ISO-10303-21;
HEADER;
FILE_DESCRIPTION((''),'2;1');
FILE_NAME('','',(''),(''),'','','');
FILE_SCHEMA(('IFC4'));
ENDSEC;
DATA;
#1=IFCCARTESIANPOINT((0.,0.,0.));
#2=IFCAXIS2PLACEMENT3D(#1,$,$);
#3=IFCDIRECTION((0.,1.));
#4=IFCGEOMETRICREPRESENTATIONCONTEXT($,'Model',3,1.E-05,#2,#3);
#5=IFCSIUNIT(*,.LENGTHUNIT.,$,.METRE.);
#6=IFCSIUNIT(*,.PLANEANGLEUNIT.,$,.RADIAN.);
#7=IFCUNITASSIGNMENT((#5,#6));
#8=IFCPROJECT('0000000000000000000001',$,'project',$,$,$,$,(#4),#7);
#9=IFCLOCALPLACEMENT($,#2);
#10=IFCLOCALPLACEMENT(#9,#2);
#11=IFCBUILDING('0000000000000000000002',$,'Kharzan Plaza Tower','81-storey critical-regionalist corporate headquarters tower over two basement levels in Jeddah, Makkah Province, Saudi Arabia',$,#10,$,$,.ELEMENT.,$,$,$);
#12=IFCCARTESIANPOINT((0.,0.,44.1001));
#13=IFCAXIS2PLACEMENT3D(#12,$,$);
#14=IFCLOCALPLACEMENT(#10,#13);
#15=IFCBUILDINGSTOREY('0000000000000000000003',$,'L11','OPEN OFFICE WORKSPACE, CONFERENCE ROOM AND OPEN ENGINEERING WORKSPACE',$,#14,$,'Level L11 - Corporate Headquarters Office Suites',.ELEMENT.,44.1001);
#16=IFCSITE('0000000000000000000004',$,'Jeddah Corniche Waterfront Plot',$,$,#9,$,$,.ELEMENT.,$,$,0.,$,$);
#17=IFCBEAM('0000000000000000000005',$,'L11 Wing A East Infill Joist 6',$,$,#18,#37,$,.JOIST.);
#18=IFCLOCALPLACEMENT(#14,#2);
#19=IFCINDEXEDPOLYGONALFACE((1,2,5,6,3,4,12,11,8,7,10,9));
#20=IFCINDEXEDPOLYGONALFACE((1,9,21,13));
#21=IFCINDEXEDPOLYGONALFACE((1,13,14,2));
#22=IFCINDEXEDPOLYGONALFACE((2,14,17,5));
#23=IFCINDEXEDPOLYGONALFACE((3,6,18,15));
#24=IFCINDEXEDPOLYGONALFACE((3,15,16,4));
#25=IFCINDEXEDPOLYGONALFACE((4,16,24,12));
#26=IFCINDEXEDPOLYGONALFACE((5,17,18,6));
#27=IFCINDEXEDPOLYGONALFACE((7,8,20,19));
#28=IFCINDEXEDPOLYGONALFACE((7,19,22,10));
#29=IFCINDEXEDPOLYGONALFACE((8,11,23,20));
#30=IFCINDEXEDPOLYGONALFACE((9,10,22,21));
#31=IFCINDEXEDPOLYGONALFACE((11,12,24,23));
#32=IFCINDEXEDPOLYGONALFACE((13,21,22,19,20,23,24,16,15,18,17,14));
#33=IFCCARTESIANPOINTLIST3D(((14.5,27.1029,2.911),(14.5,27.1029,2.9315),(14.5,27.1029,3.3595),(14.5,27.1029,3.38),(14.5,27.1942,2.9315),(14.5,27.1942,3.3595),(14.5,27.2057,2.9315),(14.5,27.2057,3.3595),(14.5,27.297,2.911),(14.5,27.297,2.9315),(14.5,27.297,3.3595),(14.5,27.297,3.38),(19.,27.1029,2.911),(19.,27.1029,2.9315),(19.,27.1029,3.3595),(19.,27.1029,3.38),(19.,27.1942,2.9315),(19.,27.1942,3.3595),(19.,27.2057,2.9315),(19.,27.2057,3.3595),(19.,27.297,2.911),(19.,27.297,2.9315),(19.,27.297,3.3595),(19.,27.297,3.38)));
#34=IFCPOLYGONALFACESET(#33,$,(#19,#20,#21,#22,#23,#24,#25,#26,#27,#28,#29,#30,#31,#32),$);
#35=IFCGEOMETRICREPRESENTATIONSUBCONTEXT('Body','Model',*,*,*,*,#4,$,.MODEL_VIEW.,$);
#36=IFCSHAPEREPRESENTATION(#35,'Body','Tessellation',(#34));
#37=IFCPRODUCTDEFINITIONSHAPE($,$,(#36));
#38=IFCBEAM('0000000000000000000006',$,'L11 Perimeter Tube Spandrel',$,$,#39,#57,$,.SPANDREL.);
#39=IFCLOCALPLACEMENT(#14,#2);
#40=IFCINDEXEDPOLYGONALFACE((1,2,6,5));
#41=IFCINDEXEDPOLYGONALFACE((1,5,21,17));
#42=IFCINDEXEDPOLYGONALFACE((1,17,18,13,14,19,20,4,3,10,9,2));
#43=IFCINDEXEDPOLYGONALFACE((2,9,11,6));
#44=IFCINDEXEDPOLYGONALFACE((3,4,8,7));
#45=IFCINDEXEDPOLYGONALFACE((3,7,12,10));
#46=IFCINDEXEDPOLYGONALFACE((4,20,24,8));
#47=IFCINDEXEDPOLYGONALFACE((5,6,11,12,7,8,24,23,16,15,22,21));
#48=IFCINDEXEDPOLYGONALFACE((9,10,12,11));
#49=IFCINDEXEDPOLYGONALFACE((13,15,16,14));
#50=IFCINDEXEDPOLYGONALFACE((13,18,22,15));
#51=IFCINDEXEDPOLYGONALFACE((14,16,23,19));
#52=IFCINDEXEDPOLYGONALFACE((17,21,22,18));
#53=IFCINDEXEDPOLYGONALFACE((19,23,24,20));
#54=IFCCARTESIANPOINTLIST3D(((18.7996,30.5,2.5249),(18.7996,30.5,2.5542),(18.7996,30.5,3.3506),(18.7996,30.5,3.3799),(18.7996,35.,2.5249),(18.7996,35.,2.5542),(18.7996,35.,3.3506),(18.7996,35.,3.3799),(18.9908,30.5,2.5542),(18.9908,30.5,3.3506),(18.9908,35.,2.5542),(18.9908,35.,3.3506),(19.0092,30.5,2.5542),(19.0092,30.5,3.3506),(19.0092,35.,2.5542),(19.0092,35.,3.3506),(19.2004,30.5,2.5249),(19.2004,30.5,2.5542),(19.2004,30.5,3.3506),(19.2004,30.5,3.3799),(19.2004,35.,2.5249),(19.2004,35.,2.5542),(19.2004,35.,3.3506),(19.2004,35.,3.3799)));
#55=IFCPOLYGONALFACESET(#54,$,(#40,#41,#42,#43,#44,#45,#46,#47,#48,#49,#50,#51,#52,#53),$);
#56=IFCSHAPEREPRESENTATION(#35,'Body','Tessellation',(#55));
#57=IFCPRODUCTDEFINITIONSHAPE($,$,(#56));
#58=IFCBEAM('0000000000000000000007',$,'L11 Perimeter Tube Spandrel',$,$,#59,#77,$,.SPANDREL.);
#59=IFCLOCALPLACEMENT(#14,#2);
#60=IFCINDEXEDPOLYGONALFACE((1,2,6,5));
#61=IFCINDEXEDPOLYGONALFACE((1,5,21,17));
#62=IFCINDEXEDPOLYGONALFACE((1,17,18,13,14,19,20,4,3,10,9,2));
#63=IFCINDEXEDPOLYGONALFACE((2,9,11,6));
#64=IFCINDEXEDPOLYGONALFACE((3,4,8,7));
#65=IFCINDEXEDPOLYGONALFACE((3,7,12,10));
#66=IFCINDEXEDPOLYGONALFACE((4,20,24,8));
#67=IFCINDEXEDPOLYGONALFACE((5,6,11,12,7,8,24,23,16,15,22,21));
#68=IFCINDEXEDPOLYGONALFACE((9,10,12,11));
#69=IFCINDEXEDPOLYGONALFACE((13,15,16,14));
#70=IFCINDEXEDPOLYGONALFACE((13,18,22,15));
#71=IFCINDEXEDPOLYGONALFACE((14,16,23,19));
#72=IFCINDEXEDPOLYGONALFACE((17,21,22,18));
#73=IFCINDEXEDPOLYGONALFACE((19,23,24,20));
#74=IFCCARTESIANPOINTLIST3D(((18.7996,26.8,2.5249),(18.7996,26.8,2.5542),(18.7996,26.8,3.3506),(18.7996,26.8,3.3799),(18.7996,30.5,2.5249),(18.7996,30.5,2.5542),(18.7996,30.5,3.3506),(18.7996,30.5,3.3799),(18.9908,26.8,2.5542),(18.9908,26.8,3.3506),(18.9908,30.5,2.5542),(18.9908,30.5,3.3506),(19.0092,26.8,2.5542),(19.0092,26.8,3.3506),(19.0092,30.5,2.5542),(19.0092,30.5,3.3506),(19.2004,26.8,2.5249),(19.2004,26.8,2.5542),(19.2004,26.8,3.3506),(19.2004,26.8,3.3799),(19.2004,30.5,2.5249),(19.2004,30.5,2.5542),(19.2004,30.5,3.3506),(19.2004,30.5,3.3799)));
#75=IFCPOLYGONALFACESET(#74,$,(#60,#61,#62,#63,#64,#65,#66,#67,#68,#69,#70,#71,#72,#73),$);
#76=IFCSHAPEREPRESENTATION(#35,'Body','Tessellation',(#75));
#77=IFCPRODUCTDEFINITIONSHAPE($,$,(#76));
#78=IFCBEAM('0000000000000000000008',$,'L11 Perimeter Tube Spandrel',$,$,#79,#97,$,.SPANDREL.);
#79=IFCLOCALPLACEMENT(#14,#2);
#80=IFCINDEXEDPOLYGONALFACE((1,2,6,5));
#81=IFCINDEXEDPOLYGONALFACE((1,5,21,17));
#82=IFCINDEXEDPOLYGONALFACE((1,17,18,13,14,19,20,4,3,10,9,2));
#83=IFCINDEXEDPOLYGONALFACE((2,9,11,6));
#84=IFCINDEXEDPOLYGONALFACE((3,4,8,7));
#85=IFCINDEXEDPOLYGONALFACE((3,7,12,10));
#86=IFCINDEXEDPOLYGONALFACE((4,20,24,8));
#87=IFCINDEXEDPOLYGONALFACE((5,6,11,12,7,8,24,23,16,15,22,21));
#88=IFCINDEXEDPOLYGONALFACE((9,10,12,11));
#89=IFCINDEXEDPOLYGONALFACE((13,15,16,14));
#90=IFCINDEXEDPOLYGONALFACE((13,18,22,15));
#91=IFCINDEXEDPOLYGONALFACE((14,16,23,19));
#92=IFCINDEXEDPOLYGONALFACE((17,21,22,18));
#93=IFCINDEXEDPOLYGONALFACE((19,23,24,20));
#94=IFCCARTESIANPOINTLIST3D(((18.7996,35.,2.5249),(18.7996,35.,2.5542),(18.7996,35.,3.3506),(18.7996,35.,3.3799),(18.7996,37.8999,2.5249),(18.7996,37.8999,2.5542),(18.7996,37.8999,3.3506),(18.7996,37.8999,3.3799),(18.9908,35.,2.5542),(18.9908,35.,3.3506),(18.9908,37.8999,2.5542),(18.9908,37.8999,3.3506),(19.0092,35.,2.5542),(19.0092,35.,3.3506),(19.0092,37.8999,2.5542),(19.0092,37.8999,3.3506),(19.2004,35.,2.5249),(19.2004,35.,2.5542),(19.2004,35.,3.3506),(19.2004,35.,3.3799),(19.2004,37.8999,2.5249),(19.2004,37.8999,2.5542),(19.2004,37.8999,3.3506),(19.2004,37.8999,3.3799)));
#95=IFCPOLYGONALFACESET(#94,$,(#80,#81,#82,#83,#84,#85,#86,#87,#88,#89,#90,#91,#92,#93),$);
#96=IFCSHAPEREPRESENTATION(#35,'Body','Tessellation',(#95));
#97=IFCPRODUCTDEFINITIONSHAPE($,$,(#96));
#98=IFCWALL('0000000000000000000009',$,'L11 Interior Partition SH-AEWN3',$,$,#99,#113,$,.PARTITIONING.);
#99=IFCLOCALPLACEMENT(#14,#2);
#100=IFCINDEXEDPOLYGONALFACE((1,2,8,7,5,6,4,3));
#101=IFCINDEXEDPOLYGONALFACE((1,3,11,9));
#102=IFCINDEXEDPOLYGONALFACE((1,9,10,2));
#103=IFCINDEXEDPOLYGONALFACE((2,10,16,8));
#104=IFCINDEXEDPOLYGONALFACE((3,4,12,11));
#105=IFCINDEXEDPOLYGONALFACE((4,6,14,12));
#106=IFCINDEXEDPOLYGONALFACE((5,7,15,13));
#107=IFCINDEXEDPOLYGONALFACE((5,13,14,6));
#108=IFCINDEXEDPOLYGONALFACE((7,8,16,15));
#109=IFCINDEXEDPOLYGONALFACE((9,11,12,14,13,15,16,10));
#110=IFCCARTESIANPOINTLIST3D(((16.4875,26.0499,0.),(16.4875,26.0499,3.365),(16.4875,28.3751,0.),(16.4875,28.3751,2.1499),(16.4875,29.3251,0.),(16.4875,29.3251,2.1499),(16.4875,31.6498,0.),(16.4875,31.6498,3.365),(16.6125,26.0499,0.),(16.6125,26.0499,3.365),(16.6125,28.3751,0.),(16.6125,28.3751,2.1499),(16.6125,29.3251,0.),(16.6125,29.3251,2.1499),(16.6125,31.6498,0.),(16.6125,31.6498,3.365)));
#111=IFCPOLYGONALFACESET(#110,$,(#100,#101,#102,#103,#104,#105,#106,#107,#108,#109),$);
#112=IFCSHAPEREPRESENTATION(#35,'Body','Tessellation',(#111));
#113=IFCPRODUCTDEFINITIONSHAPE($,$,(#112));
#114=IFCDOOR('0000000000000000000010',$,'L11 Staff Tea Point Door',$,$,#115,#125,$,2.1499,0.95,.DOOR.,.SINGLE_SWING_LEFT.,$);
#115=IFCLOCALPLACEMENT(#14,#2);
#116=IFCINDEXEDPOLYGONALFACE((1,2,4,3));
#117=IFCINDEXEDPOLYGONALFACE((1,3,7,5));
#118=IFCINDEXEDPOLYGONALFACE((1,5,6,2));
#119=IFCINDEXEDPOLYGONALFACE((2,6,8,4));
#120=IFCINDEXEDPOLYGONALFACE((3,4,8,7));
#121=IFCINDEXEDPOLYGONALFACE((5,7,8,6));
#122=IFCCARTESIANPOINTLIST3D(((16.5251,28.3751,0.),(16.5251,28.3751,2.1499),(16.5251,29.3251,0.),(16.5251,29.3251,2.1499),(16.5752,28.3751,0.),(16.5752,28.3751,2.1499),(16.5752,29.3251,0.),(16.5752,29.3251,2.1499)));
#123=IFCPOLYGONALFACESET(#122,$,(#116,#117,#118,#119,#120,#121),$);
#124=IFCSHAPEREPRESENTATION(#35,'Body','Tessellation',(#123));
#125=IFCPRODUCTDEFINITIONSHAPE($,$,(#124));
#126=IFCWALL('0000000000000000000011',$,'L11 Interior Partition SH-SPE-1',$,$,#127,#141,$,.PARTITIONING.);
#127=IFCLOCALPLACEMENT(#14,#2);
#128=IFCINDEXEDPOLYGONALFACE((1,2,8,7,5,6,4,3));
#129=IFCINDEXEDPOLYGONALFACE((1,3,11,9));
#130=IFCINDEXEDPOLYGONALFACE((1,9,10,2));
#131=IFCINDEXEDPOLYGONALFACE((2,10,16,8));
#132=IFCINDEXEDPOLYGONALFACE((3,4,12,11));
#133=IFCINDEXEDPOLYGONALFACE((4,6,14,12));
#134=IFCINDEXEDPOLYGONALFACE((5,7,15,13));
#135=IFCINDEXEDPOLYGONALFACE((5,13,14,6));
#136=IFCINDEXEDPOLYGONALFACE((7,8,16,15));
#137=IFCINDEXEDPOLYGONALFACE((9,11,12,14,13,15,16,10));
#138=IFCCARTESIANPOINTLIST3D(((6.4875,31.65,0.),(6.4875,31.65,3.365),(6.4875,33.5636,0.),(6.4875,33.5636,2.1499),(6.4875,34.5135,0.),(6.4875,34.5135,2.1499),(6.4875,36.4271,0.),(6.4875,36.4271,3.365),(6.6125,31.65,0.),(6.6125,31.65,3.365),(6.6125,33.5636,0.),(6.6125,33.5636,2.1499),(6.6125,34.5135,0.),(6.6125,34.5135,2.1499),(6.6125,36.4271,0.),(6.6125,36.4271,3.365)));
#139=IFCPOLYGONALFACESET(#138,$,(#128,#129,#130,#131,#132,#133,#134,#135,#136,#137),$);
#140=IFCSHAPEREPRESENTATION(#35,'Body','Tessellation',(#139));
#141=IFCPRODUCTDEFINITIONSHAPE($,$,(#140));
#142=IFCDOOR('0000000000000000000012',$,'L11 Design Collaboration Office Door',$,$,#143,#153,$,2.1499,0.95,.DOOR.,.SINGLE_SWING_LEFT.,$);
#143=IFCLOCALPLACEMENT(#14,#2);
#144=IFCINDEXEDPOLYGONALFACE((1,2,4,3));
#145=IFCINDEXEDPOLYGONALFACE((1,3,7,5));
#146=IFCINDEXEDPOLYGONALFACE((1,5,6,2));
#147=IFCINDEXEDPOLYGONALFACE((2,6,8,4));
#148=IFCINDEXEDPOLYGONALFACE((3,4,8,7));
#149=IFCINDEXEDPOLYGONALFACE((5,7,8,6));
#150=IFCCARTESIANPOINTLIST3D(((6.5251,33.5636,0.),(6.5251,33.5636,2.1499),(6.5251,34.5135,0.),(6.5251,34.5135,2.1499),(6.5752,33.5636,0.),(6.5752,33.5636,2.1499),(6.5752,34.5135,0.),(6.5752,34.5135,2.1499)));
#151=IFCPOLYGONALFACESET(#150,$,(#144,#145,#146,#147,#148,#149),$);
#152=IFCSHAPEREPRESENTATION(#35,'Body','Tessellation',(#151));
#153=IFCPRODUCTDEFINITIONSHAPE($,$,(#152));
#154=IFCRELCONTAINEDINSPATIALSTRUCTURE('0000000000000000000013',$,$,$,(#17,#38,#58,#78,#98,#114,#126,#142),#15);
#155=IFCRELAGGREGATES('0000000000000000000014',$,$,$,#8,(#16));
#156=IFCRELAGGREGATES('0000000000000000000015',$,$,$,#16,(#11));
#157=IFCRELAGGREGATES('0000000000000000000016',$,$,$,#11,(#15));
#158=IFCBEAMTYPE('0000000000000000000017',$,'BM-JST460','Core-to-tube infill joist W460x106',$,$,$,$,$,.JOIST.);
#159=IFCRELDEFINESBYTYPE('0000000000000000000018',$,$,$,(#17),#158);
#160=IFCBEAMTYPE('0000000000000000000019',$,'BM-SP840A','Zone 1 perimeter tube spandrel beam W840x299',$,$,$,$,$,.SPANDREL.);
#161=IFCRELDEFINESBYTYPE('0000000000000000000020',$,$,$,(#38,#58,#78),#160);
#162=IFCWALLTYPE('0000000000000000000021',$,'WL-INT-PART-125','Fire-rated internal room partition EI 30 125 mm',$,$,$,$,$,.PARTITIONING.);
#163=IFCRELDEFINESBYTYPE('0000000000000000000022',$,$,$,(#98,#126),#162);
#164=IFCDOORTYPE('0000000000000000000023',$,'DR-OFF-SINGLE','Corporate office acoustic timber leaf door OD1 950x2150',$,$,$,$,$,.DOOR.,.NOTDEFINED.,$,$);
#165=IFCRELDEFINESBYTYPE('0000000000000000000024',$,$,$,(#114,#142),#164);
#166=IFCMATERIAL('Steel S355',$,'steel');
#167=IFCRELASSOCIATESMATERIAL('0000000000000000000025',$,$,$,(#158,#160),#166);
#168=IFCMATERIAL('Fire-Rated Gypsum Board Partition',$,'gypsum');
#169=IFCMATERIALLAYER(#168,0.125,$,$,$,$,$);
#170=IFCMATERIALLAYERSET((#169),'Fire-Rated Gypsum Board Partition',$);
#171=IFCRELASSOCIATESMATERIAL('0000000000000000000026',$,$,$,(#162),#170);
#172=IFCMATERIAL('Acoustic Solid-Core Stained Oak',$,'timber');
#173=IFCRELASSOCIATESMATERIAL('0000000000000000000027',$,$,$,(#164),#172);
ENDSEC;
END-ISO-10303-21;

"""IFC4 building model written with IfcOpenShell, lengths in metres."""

from ifc_helpers import new_model, si_unit, direction, frame, frame_2d, origin, origin_2d, place, context, subcontext, project, spatial, rectangle, i_section, extrude, source, transform, mapped, material, layer, layer_set, material_profile, profile_set, type_object, element, fill, save


model = new_model("IFC4")

# Units and contexts
model_context = context("Model", 3, precision=1e-05, world=origin(), true_north=direction((0.0, 1.0)))
body_context = subcontext(model_context, "Body", "Model", "MODEL_VIEW")
ifc_project = project(units=[si_unit("LENGTHUNIT", "METRE"), si_unit("PLANEANGLEUNIT", "RADIAN")], contexts=[model_context])

# Site, building, storey
site_placement = place(None, origin())
site = spatial("IfcSite", under=ifc_project, at=site_placement, Name="Jeddah Corniche Waterfront Plot", CompositionType="ELEMENT", RefElevation=0.0)
building_placement = place(site_placement, origin())
building = spatial("IfcBuilding", under=site, at=building_placement, Name="Kharzan Plaza Tower", Description="81-storey critical-regionalist corporate headquarters tower over two basement levels in Jeddah, Makkah Province, Saudi Arabia", CompositionType="ELEMENT")
storey_placement = place(building_placement, frame((0.0, 0.0, 44.1001)))
storey = spatial("IfcBuildingStorey", under=building, at=storey_placement, Name="L11", Description="OPEN OFFICE WORKSPACE, CONFERENCE ROOM AND OPEN ENGINEERING WORKSPACE", LongName="Level L11 - Corporate Headquarters Office Suites", CompositionType="ELEMENT", Elevation=44.1001)

# Beams
ifc_material_1 = material(Name="Steel S355", Category="steel")
ifc_material_profile_1 = material_profile(ifc_material_1, i_section(OverallWidth=0.1941, OverallDepth=0.469, WebThickness=0.0115, FlangeThickness=0.0205, at=origin_2d()), Name="W460x106")
ifc_profile_set_1 = profile_set([ifc_material_profile_1], Name="Steel S355")
beam_type_1 = type_object("IfcBeamType", Name="BM-JST460", Description="Core-to-tube infill joist W460x106", PredefinedType="JOIST", material=ifc_profile_set_1)
shared_shape_1 = source(origin(), body_context, "Body", "SweptSolid", [
    extrude(i_section(OverallWidth=0.1941, OverallDepth=0.469, WebThickness=0.0115, FlangeThickness=0.0205, at=origin_2d()), origin(), (0.0, 0.0, 1.0), 4.5),
])
for number, where, z_axis, x_axis, name in (
    (1, (14.5, 27.2, 3.1455), (1.0, 0.0, 0.0), (0.0, 1.0, 0.0), "L11 Wing A East Infill Joist 6"),
):
    element("IfcBeam", number, at=place(storey_placement, frame(where, z_axis=z_axis, x_axis=x_axis)), inside=storey, type_object=beam_type_1, Name=name, PredefinedType="JOIST", context=body_context, shape_type="MappedRepresentation", body=[
        mapped(shared_shape_1, transform((0.0, 0.0, 0.0), x_axis=(1.0, 0.0, 0.0), y_axis=(0.0, 1.0, 0.0), z_axis=(0.0, 0.0, 1.0))),
    ])
ifc_material_profile_2 = material_profile(ifc_material_1, i_section(OverallWidth=0.4009, OverallDepth=0.855, WebThickness=0.0183, FlangeThickness=0.0293, at=origin_2d()), Name="W840x299")
ifc_profile_set_2 = profile_set([ifc_material_profile_2], Name="Steel S355")
beam_type_2 = type_object("IfcBeamType", Name="BM-SP840A", Description="Zone 1 perimeter tube spandrel beam W840x299", PredefinedType="SPANDREL", material=ifc_profile_set_2)
shared_shape_2 = source(origin(), body_context, "Body", "SweptSolid", [
    extrude(i_section(OverallWidth=0.4009, OverallDepth=0.855, WebThickness=0.0183, FlangeThickness=0.0293, at=origin_2d()), origin(), (0.0, 0.0, 1.0), 4.5),
])
beam_1_placement = place(storey_placement, frame((19.0, 30.5, 2.9524), z_axis=(0.0, 1.0, 0.0), x_axis=(-1.0, 0.0, 0.0)))
element("IfcBeam", 2, at=beam_1_placement, inside=storey, type_object=beam_type_2, Name="L11 Perimeter Tube Spandrel", PredefinedType="SPANDREL", context=body_context, shape_type="MappedRepresentation", body=[
    mapped(shared_shape_2, transform((0.0, 0.0, 0.0), x_axis=(1.0, 0.0, 0.0), y_axis=(0.0, 1.0, 0.0), z_axis=(0.0, 0.0, 1.0))),
])
shared_shape_3 = source(origin(), body_context, "Body", "SweptSolid", [
    extrude(i_section(OverallWidth=0.4009, OverallDepth=0.855, WebThickness=0.0183, FlangeThickness=0.0293, at=origin_2d()), origin(), (0.0, 0.0, 1.0), 3.7),
])
beam_2_placement = place(storey_placement, frame((19.0, 26.8, 2.9524), z_axis=(0.0, 1.0, 0.0), x_axis=(-1.0, 0.0, 0.0)))
element("IfcBeam", 3, at=beam_2_placement, inside=storey, type_object=beam_type_2, Name="L11 Perimeter Tube Spandrel", PredefinedType="SPANDREL", context=body_context, shape_type="MappedRepresentation", body=[
    mapped(shared_shape_3, transform((0.0, 0.0, 0.0), x_axis=(1.0, 0.0, 0.0), y_axis=(0.0, 1.0, 0.0), z_axis=(0.0, 0.0, 1.0))),
])
shared_shape_4 = source(origin(), body_context, "Body", "SweptSolid", [
    extrude(i_section(OverallWidth=0.4009, OverallDepth=0.855, WebThickness=0.0183, FlangeThickness=0.0293, at=origin_2d()), origin(), (0.0, 0.0, 1.0), 2.8999),
])
beam_3_placement = place(storey_placement, frame((19.0, 35.0, 2.9524), z_axis=(0.0, 1.0, 0.0), x_axis=(-1.0, 0.0, 0.0)))
element("IfcBeam", 4, at=beam_3_placement, inside=storey, type_object=beam_type_2, Name="L11 Perimeter Tube Spandrel", PredefinedType="SPANDREL", context=body_context, shape_type="MappedRepresentation", body=[
    mapped(shared_shape_4, transform((0.0, 0.0, 0.0), x_axis=(1.0, 0.0, 0.0), y_axis=(0.0, 1.0, 0.0), z_axis=(0.0, 0.0, 1.0))),
])

# Walls, openings, doors
ifc_material_2 = material(Name="Fire-Rated Gypsum Board Partition", Category="gypsum")
ifc_layer_1 = layer(ifc_material_2, 0.125)
ifc_layer_set_1 = layer_set([ifc_layer_1], Name="Fire-Rated Gypsum Board Partition")
wall_type_1 = type_object("IfcWallType", Name="WL-INT-PART-125", Description="Fire-rated internal room partition EI 30 125 mm", PredefinedType="PARTITIONING", material=ifc_layer_set_1)
wall_1_placement = place(storey_placement, frame((16.55, 26.05, 0.0), z_axis=(0.0, 0.0, 1.0), x_axis=(0.0, 1.0, 0.0)))
wall_1 = element("IfcWall", 5, at=wall_1_placement, inside=storey, type_object=wall_type_1, Name="L11 Interior Partition SH-AEWN3", PredefinedType="PARTITIONING", context=body_context, shape_type="SweptSolid", body=[
    extrude(rectangle(XDim=5.5999, YDim=0.125, at=frame_2d((2.7998, 0.0))), origin(), (0.0, 0.0, 1.0), 3.365),
])
opening_1_placement = place(wall_1_placement, frame((2.325, 0.0, 0.0)))
opening_1 = element("IfcOpeningElement", 6, at=opening_1_placement, cuts=wall_1, PredefinedType="OPENING", context=body_context, shape_type="SweptSolid", body=[
    extrude(rectangle(XDim=0.95, YDim=2.1499, at=frame_2d((0.4751, 1.075))), frame((0.0, 0.0725, 0.0), z_axis=(0.0, -1.0, 0.0), x_axis=(1.0, 0.0, 0.0)), (0.0, 0.0, 1.0), 0.145),
])
ifc_material_3 = material(Name="Acoustic Solid-Core Stained Oak", Category="timber")
door_type = type_object("IfcDoorType", Name="DR-OFF-SINGLE", Description="Corporate office acoustic timber leaf door OD1 950x2150", OperationType="NOTDEFINED", PredefinedType="DOOR", material=ifc_material_3)
shared_shape_5 = source(origin(), body_context, "Body", "SweptSolid", [
    extrude(rectangle(XDim=0.95, YDim=2.1499, at=frame_2d((0.4751, 1.075))), frame((0.0, 0.0249, 0.0), z_axis=(0.0, -1.0, 0.0), x_axis=(1.0, 0.0, 0.0)), (0.0, 0.0, 1.0), 0.05),
])
door_1_placement = place(opening_1_placement, origin())
door_1 = element("IfcDoor", 7, at=door_1_placement, inside=storey, type_object=door_type, Name="L11 Staff Tea Point Door", OperationType="SINGLE_SWING_LEFT", OverallHeight=2.1499, OverallWidth=0.95, PredefinedType="DOOR", context=body_context, shape_type="MappedRepresentation", body=[
    mapped(shared_shape_5, transform((0.0, 0.0, 0.0), x_axis=(1.0, 0.0, 0.0), y_axis=(0.0, 1.0, 0.0), z_axis=(0.0, 0.0, 1.0))),
])
fill(opening_1, door_1)
wall_2_placement = place(storey_placement, frame((6.55, 31.6499, 0.0), z_axis=(0.0, 0.0, 1.0), x_axis=(0.0, 1.0, 0.0)))
wall_2 = element("IfcWall", 8, at=wall_2_placement, inside=storey, type_object=wall_type_1, Name="L11 Interior Partition SH-SPE-1", PredefinedType="PARTITIONING", context=body_context, shape_type="SweptSolid", body=[
    extrude(rectangle(XDim=4.7771, YDim=0.125, at=frame_2d((2.3887, 0.0))), origin(), (0.0, 0.0, 1.0), 3.365),
])
opening_2_placement = place(wall_2_placement, frame((1.9136, 0.0, 0.0)))
opening_2 = element("IfcOpeningElement", 9, at=opening_2_placement, cuts=wall_2, PredefinedType="OPENING", context=body_context, shape_type="SweptSolid", body=[
    extrude(rectangle(XDim=0.95, YDim=2.1499, at=frame_2d((0.4751, 1.075))), frame((0.0, 0.0725, 0.0), z_axis=(0.0, -1.0, 0.0), x_axis=(1.0, 0.0, 0.0)), (0.0, 0.0, 1.0), 0.145),
])
door_2_placement = place(opening_2_placement, origin())
door_2 = element("IfcDoor", 10, at=door_2_placement, inside=storey, type_object=door_type, Name="L11 Design Collaboration Office Door", OperationType="SINGLE_SWING_LEFT", OverallHeight=2.1499, OverallWidth=0.95, PredefinedType="DOOR", context=body_context, shape_type="MappedRepresentation", body=[
    mapped(shared_shape_5, transform((0.0, 0.0, 0.0), x_axis=(1.0, 0.0, 0.0), y_axis=(0.0, 1.0, 0.0), z_axis=(0.0, 0.0, 1.0))),
])
fill(opening_2, door_2)

save(model, "model.ifc")
